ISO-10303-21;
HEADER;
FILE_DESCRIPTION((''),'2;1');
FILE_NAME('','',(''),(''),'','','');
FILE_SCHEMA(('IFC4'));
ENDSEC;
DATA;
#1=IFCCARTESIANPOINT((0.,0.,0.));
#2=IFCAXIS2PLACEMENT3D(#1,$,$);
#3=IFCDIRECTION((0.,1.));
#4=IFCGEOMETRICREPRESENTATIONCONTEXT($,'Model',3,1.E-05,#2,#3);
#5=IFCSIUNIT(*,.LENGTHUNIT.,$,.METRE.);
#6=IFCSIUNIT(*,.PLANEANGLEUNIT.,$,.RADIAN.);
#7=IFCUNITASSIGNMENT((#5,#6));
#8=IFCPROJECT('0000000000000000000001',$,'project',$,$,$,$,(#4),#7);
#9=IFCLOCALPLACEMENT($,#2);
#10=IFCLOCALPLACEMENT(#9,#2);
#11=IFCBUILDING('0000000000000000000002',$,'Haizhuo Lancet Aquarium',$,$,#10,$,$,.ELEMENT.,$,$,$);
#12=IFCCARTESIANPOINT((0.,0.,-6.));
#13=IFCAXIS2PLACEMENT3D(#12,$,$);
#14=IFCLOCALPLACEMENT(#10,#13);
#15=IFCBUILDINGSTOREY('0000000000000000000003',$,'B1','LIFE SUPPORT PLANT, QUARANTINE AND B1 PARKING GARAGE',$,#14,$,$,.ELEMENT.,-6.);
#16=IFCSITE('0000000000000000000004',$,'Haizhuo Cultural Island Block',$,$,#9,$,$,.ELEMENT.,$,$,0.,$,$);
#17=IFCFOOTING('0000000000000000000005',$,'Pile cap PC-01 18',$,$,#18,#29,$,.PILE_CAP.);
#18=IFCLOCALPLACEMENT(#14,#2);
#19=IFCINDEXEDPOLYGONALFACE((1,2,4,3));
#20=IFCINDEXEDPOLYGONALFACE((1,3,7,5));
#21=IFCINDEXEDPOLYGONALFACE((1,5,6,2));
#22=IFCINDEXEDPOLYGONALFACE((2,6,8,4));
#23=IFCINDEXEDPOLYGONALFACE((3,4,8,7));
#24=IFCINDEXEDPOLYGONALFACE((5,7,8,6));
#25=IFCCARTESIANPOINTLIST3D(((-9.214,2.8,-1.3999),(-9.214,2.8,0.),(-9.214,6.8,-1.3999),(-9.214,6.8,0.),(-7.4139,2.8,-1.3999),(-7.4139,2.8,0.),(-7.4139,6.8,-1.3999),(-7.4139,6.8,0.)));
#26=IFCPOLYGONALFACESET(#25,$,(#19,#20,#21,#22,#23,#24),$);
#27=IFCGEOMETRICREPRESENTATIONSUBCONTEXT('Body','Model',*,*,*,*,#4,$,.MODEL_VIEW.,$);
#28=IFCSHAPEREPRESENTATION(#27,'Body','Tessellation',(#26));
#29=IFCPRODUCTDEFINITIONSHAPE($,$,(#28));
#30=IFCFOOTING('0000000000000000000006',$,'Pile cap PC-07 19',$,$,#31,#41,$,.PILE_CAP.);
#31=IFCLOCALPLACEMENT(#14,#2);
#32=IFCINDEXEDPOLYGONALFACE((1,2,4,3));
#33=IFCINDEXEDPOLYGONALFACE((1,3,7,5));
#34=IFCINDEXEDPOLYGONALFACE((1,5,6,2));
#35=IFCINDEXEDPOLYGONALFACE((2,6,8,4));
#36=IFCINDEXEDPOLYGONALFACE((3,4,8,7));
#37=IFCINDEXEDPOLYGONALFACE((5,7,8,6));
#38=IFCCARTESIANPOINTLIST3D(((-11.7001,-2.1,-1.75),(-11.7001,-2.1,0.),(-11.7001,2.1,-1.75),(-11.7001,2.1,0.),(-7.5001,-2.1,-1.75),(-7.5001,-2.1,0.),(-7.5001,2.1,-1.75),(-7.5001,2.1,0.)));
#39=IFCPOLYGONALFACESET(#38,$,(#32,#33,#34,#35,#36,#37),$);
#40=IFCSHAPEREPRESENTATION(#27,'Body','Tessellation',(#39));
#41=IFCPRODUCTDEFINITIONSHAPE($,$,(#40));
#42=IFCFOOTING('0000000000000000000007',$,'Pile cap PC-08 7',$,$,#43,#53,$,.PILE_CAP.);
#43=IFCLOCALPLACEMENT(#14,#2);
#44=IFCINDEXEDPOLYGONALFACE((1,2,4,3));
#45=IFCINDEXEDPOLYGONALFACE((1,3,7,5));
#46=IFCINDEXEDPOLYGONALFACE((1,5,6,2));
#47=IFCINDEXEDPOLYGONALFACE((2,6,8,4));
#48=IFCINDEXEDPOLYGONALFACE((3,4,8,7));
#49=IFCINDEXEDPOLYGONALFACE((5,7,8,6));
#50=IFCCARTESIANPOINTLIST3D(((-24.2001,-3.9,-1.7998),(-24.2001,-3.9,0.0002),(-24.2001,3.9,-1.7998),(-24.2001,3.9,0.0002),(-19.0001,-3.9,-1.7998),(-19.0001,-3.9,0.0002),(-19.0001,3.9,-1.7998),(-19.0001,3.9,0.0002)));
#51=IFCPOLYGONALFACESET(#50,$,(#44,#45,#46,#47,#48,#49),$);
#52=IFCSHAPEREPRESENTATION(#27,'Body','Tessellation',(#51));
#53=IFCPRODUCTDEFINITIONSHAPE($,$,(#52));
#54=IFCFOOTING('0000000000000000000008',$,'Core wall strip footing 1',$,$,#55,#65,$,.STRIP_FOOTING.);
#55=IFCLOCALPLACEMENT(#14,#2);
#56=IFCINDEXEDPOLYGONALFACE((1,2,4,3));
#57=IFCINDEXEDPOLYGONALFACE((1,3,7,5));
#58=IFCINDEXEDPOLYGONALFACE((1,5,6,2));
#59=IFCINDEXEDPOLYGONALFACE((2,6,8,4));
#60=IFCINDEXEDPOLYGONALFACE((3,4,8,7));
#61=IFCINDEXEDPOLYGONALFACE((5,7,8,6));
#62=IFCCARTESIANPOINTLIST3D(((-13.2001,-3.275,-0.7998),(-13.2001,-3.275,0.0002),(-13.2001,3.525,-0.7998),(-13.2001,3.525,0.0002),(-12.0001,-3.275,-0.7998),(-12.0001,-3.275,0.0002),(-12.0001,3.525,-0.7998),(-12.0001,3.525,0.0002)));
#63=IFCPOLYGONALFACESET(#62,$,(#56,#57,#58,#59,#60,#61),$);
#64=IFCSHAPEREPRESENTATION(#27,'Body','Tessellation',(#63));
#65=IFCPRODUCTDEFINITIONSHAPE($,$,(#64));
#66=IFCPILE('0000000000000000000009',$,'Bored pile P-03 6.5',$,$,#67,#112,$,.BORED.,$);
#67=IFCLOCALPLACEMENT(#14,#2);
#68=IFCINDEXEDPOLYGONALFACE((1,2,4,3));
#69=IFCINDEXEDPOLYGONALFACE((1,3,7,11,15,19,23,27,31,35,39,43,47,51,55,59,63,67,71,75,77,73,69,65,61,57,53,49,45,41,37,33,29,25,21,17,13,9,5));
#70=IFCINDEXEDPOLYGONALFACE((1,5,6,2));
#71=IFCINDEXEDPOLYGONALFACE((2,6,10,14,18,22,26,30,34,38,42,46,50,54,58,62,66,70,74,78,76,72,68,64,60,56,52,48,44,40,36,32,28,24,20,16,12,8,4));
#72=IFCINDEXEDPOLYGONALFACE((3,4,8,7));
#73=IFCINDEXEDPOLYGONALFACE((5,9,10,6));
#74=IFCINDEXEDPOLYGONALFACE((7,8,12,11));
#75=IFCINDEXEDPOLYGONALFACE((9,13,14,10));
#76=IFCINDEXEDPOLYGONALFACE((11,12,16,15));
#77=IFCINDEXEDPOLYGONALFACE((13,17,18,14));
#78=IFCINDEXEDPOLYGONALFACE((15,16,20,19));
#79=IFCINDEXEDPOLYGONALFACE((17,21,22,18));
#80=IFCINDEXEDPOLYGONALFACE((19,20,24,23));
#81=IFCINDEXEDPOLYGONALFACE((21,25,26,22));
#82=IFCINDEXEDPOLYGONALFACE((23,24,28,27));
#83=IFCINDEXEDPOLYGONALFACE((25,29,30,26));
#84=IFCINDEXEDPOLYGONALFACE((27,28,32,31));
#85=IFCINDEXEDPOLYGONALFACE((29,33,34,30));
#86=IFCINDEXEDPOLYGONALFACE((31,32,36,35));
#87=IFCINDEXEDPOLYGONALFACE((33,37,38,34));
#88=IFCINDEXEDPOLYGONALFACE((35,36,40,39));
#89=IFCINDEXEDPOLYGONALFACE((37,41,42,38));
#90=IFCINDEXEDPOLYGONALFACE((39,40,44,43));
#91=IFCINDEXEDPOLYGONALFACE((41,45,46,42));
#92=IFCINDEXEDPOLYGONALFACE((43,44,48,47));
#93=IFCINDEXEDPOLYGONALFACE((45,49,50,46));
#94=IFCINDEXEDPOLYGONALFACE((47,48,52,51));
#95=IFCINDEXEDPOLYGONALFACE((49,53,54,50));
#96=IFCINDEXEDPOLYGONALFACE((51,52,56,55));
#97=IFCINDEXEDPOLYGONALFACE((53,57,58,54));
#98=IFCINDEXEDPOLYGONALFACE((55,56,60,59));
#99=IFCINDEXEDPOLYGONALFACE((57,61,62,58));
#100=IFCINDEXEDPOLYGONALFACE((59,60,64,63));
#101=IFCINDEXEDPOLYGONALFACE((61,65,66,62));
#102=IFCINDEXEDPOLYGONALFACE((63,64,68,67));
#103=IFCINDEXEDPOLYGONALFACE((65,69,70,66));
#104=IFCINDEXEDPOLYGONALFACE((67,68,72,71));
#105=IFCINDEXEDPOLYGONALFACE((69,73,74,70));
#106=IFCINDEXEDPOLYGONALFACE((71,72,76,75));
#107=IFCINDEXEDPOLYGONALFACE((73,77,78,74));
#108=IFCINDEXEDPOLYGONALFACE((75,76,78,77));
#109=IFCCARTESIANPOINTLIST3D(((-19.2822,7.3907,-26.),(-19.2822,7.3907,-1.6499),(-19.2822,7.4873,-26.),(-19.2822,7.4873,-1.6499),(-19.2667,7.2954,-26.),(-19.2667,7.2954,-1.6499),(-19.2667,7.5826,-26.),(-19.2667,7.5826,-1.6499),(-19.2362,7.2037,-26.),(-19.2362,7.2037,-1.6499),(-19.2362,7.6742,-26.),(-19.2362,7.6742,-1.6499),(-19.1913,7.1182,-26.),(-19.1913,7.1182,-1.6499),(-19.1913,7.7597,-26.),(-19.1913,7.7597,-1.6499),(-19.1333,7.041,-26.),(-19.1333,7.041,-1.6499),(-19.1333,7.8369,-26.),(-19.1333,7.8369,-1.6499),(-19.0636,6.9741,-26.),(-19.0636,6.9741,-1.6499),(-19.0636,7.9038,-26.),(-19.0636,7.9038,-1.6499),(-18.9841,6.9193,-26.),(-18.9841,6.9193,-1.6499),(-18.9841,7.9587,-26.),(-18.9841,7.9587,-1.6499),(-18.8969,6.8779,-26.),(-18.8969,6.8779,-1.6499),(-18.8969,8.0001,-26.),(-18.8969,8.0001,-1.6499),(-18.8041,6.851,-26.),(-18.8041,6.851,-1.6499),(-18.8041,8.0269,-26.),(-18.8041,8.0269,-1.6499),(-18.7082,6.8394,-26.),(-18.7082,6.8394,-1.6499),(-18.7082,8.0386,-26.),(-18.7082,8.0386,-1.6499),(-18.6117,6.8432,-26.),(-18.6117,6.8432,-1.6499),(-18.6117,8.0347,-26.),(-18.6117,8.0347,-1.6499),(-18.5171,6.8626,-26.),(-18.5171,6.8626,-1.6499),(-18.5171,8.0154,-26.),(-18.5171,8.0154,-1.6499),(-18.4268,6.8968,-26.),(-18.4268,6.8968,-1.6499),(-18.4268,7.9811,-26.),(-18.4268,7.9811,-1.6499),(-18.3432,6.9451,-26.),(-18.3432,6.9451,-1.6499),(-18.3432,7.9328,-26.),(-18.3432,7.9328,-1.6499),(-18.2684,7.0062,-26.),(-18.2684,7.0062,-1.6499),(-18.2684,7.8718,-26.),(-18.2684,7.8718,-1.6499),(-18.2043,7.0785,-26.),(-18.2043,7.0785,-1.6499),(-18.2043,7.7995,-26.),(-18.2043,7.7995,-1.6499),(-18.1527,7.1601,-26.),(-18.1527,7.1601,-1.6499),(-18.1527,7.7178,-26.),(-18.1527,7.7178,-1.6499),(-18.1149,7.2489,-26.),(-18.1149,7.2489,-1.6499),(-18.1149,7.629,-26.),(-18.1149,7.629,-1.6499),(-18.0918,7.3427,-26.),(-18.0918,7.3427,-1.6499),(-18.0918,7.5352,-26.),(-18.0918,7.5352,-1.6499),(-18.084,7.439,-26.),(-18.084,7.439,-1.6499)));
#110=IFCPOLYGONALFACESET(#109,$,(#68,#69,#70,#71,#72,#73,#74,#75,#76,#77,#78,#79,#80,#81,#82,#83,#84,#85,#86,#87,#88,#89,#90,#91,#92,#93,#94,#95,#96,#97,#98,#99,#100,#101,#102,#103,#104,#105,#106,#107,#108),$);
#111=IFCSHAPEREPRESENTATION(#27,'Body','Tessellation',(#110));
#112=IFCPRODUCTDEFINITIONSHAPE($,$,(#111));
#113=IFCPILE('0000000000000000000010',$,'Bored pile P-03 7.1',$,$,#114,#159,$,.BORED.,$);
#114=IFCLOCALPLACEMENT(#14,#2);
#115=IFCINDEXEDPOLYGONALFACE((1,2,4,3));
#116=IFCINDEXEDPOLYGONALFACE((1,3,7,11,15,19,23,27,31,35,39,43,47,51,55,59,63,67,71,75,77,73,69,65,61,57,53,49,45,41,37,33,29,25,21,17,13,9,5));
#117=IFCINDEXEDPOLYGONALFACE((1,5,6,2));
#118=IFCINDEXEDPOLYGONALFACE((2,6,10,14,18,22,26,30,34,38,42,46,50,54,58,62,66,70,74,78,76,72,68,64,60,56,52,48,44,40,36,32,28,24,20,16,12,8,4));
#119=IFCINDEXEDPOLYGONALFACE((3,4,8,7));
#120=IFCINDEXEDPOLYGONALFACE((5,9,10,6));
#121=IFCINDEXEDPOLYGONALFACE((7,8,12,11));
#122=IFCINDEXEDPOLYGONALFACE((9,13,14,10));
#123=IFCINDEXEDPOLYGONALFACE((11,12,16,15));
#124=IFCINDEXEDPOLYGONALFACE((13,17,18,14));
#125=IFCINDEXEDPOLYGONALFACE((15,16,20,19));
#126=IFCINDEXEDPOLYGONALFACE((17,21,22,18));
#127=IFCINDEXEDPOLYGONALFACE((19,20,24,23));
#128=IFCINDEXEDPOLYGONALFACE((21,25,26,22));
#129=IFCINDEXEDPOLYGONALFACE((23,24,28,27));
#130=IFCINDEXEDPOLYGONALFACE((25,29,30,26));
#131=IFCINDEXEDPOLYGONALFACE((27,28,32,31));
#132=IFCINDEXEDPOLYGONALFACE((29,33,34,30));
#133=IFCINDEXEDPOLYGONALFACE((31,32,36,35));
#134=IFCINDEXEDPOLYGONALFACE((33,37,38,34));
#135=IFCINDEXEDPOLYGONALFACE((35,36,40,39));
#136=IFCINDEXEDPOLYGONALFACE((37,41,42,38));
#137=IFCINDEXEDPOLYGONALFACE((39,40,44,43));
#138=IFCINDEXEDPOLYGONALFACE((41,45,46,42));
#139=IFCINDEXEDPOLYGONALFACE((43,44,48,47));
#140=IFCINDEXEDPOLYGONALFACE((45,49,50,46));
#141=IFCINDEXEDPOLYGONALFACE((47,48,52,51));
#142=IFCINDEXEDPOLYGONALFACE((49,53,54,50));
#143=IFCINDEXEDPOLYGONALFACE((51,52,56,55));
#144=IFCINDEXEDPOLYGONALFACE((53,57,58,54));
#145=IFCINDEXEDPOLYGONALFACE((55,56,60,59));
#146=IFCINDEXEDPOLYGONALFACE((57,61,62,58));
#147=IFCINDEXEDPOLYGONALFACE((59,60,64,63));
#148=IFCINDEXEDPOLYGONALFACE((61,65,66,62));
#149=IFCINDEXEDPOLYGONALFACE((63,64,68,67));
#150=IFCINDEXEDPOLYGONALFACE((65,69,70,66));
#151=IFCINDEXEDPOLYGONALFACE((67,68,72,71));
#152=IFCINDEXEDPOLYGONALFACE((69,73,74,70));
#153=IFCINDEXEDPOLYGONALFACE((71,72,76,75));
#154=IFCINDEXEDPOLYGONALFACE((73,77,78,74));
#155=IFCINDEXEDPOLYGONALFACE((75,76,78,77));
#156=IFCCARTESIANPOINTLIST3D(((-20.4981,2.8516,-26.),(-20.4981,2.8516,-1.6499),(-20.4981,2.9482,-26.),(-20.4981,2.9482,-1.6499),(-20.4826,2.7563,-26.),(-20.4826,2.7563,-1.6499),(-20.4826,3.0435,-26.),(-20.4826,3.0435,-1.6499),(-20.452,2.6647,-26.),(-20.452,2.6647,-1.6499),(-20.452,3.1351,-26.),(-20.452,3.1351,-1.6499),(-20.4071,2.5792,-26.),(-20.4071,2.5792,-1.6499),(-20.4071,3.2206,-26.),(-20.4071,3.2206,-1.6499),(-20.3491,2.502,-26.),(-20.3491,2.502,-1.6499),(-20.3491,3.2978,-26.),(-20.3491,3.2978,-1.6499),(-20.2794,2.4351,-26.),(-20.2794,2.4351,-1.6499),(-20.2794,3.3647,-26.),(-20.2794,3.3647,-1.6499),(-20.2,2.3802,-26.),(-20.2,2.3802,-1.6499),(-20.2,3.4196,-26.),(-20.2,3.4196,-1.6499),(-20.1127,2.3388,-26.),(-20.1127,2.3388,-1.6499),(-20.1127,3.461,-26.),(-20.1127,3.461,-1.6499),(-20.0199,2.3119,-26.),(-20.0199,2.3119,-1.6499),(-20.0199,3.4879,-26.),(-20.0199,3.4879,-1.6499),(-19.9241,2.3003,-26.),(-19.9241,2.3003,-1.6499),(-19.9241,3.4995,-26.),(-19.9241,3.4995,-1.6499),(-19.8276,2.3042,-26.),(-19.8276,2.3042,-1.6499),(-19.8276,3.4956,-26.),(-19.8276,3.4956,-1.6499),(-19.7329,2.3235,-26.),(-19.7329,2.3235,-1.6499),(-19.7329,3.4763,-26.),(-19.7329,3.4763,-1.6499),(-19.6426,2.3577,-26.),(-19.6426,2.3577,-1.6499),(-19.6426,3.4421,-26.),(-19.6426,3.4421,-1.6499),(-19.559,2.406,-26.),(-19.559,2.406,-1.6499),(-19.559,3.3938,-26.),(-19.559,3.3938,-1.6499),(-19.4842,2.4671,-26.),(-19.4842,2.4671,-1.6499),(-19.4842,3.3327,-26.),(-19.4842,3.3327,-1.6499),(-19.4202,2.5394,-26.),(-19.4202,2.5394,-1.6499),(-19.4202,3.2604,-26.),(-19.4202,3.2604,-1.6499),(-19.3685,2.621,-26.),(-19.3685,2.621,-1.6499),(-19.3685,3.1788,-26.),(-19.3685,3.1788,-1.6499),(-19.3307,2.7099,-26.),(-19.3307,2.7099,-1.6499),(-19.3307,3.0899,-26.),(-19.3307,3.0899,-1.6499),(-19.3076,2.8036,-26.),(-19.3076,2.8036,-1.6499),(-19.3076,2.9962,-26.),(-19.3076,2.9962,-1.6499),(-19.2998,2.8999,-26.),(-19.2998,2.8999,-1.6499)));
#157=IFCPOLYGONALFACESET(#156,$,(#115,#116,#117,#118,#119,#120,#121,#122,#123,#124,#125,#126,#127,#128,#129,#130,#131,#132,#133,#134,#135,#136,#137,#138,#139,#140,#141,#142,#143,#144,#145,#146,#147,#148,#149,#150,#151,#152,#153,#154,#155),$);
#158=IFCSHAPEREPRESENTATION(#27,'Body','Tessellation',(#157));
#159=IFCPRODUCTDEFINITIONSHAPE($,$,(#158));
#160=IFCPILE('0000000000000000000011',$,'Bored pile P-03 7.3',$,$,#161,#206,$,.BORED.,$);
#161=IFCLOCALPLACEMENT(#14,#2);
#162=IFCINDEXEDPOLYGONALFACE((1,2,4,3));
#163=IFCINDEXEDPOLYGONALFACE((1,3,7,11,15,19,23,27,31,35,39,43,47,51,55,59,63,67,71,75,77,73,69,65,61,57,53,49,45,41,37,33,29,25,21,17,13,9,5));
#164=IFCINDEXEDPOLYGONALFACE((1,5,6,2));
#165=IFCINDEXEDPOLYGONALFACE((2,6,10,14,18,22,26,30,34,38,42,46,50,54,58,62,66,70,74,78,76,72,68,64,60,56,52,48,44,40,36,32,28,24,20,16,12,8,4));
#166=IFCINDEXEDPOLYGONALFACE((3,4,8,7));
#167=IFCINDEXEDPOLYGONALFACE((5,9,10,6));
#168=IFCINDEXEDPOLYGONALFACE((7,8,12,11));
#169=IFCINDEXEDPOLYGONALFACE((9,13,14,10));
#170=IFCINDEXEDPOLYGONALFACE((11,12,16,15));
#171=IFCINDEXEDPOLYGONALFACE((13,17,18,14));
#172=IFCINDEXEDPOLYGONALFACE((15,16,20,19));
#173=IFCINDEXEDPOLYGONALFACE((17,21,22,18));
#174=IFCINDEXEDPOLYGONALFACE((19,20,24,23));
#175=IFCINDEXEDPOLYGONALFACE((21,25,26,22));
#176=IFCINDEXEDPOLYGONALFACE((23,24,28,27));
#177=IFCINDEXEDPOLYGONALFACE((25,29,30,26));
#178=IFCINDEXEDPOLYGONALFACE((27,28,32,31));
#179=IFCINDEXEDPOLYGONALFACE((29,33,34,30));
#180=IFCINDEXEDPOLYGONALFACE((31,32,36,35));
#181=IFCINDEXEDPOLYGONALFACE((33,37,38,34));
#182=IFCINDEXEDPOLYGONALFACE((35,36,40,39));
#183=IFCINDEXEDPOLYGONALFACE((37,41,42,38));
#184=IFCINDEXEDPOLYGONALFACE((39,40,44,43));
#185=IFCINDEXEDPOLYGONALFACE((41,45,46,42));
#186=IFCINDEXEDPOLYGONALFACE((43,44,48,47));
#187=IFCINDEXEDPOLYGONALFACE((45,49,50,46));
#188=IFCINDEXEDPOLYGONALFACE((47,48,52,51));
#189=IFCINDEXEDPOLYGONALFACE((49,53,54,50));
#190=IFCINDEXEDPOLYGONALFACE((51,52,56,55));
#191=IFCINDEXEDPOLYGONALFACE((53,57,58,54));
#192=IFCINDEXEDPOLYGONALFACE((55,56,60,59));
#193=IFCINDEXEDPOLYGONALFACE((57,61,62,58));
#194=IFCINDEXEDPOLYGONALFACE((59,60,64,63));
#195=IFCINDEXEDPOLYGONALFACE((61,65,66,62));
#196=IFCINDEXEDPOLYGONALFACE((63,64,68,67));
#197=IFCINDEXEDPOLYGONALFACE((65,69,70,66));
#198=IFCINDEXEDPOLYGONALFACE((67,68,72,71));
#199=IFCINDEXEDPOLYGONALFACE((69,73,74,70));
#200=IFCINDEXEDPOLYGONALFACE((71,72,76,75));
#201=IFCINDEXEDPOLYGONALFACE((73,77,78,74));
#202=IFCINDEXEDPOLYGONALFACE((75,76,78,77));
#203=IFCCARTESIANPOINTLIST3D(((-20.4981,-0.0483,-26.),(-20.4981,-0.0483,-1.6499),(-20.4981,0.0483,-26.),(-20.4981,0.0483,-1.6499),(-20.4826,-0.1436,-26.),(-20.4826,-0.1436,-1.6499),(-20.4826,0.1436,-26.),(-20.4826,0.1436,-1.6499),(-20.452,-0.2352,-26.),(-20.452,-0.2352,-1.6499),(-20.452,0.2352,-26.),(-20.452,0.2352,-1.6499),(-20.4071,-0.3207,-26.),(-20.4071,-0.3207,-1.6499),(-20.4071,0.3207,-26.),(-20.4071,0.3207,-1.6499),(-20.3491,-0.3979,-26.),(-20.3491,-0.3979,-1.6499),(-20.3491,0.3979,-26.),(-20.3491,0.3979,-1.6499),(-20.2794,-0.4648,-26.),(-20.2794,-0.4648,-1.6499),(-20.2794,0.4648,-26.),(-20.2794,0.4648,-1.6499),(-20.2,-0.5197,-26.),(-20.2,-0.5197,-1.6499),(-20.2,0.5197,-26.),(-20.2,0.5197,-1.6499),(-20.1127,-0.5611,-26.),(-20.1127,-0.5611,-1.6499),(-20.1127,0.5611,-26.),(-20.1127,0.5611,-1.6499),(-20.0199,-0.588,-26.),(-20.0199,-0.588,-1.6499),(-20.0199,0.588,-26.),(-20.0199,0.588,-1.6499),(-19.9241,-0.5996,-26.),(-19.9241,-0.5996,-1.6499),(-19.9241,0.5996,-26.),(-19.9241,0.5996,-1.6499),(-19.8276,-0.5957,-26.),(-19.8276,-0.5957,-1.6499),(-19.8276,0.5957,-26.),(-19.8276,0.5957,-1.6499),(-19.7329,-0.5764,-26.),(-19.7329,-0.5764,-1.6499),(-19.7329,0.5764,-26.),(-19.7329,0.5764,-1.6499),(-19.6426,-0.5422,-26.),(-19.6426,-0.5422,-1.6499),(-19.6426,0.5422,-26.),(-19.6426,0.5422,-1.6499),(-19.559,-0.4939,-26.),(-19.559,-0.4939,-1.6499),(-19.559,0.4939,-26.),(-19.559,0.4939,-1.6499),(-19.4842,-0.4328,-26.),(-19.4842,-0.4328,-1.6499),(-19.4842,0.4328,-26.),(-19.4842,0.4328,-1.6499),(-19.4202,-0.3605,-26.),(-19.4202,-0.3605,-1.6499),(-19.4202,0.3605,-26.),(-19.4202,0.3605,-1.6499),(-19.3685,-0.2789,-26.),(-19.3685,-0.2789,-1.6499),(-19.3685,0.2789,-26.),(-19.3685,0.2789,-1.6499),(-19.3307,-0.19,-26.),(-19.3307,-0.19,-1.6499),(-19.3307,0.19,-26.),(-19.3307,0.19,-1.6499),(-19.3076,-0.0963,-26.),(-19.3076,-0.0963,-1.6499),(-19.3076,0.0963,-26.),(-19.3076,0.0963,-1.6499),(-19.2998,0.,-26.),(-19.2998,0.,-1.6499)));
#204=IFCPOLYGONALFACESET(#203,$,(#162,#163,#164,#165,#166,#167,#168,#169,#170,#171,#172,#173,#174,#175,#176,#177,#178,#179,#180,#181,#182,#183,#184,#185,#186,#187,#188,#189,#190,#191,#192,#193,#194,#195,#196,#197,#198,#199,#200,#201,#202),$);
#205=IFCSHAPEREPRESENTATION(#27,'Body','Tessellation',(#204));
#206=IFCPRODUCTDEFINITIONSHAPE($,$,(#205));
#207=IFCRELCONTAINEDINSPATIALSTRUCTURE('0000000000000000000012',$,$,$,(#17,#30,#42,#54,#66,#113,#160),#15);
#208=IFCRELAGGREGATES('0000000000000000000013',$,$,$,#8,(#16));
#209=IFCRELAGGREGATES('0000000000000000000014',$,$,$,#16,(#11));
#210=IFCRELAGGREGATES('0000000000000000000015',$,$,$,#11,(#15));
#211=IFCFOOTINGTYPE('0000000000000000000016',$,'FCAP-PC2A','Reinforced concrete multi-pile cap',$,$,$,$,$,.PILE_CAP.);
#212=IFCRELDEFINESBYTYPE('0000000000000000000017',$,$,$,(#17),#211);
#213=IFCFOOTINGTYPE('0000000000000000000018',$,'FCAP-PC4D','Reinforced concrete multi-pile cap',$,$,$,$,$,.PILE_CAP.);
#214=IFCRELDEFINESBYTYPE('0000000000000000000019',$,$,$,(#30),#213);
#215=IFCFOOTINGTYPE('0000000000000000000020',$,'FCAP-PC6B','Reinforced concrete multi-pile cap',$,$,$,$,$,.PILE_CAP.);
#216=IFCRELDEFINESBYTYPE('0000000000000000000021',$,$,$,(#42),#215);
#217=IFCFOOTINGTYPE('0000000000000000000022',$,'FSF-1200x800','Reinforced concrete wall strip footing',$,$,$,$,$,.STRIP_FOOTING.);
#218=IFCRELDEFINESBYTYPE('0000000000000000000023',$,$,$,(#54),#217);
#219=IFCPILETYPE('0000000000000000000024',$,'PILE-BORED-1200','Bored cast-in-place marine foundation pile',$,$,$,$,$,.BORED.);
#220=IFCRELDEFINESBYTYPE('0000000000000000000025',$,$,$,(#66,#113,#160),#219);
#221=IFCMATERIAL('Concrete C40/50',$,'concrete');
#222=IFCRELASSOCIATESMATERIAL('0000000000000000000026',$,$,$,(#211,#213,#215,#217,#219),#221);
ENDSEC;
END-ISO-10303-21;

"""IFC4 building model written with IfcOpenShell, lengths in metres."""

from ifc_helpers import new_model, si_unit, direction, frame, origin, origin_2d, place, context, subcontext, project, spatial, rectangle, circle, extrude, material, material_profile, profile_set, type_object, element, save


model = new_model("IFC4")

# Units and contexts
model_context = context("Model", 3, precision=1e-05, world=origin(), true_north=direction((0.0, 1.0)))
body_context = subcontext(model_context, "Body", "Model", "MODEL_VIEW")
ifc_project = project(units=[si_unit("LENGTHUNIT", "METRE"), si_unit("PLANEANGLEUNIT", "RADIAN")], contexts=[model_context])

# Site, building, storey
site_placement = place(None, origin())
site = spatial("IfcSite", under=ifc_project, at=site_placement, Name="Haizhuo Cultural Island Block", CompositionType="ELEMENT", RefElevation=0.0)
building_placement = place(site_placement, origin())
building = spatial("IfcBuilding", under=site, at=building_placement, Name="Haizhuo Lancet Aquarium", CompositionType="ELEMENT")
storey_placement = place(building_placement, frame((0.0, 0.0, -6.0)))
storey = spatial("IfcBuildingStorey", under=building, at=storey_placement, Name="B1", Description="LIFE SUPPORT PLANT, QUARANTINE AND B1 PARKING GARAGE", CompositionType="ELEMENT", Elevation=-6.0)

# Footings
ifc_material_1 = material(Name="Concrete C40/50", Category="concrete")
footing_type_1 = type_object("IfcFootingType", Name="FCAP-PC2A", Description="Reinforced concrete multi-pile cap", PredefinedType="PILE_CAP", material=ifc_material_1)
footing_1_placement = place(storey_placement, frame((-8.314, 4.8, -1.3999), z_axis=(0.0, 0.0, 1.0), x_axis=(1.0, 0.0, 0.0)))
element("IfcFooting", 1, at=footing_1_placement, inside=storey, type_object=footing_type_1, Name="Pile cap PC-01 18", PredefinedType="PILE_CAP", context=body_context, shape_type="SweptSolid", body=[
    extrude(rectangle(XDim=1.8, YDim=4.0, at=origin_2d()), origin(), (0.0, 0.0, 1.0), 1.3999),
])
footing_type_2 = type_object("IfcFootingType", Name="FCAP-PC4D", Description="Reinforced concrete multi-pile cap", PredefinedType="PILE_CAP", material=ifc_material_1)
footing_2_placement = place(storey_placement, frame((-9.6001, 0.0, -1.75), z_axis=(0.0, 0.0, 1.0), x_axis=(-1.0, 0.0, 0.0)))
element("IfcFooting", 2, at=footing_2_placement, inside=storey, type_object=footing_type_2, Name="Pile cap PC-07 19", PredefinedType="PILE_CAP", context=body_context, shape_type="SweptSolid", body=[
    extrude(rectangle(XDim=4.2, YDim=4.2, at=origin_2d()), origin(), (0.0, 0.0, 1.0), 1.75),
])
footing_type_3 = type_object("IfcFootingType", Name="FCAP-PC6B", Description="Reinforced concrete multi-pile cap", PredefinedType="PILE_CAP", material=ifc_material_1)
footing_3_placement = place(storey_placement, frame((-21.6001, 0.0, -1.7998), z_axis=(0.0, 0.0, 1.0), x_axis=(-1.0, 0.0, 0.0)))
element("IfcFooting", 3, at=footing_3_placement, inside=storey, type_object=footing_type_3, Name="Pile cap PC-08 7", PredefinedType="PILE_CAP", context=body_context, shape_type="SweptSolid", body=[
    extrude(rectangle(XDim=5.2, YDim=7.8, at=origin_2d()), origin(), (0.0, 0.0, 1.0), 1.8),
])
footing_type_4 = type_object("IfcFootingType", Name="FSF-1200x800", Description="Reinforced concrete wall strip footing", PredefinedType="STRIP_FOOTING", material=ifc_material_1)
footing_4_placement = place(storey_placement, frame((-12.6001, 0.125, -0.7998), z_axis=(0.0, 0.0, 1.0), x_axis=(0.0, 1.0, 0.0)))
element("IfcFooting", 4, at=footing_4_placement, inside=storey, type_object=footing_type_4, Name="Core wall strip footing 1", PredefinedType="STRIP_FOOTING", context=body_context, shape_type="SweptSolid", body=[
    extrude(rectangle(XDim=6.8, YDim=1.2, at=origin_2d()), origin(), (0.0, 0.0, 1.0), 0.8),
])

# Piles
ifc_material_profile_1 = material_profile(ifc_material_1, circle(Radius=0.6001, at=origin_2d()), Name="PILE-1200")
ifc_profile_set_1 = profile_set([ifc_material_profile_1], Name="Concrete C40/50")
pile_type_1 = type_object("IfcPileType", Name="PILE-BORED-1200", Description="Bored cast-in-place marine foundation pile", PredefinedType="BORED", material=ifc_profile_set_1)
for number, where, z_axis, x_axis, name in (
    (5, (-18.6841, 7.439, -1.6499), (0.0, 0.0, -1.0), (1.0, 0.0, 0.0), "Bored pile P-03 6.5"),
    (6, (-19.8999, 2.8999, -1.6499), (0.0, 0.0, -1.0), (1.0, 0.0, 0.0), "Bored pile P-03 7.1"),
    (7, (-19.8999, 0.0, -1.6499), (0.0, 0.0, -1.0), (1.0, 0.0, 0.0), "Bored pile P-03 7.3"),
):
    element("IfcPile", number, at=place(storey_placement, frame(where, z_axis=z_axis, x_axis=x_axis)), inside=storey, type_object=pile_type_1, Name=name, PredefinedType="BORED", context=body_context, shape_type="SweptSolid", body=[
        extrude(circle(Radius=0.6001, at=origin_2d()), origin(), (0.0, 0.0, 1.0), 24.3501),
    ])

save(model, "model.ifc")
